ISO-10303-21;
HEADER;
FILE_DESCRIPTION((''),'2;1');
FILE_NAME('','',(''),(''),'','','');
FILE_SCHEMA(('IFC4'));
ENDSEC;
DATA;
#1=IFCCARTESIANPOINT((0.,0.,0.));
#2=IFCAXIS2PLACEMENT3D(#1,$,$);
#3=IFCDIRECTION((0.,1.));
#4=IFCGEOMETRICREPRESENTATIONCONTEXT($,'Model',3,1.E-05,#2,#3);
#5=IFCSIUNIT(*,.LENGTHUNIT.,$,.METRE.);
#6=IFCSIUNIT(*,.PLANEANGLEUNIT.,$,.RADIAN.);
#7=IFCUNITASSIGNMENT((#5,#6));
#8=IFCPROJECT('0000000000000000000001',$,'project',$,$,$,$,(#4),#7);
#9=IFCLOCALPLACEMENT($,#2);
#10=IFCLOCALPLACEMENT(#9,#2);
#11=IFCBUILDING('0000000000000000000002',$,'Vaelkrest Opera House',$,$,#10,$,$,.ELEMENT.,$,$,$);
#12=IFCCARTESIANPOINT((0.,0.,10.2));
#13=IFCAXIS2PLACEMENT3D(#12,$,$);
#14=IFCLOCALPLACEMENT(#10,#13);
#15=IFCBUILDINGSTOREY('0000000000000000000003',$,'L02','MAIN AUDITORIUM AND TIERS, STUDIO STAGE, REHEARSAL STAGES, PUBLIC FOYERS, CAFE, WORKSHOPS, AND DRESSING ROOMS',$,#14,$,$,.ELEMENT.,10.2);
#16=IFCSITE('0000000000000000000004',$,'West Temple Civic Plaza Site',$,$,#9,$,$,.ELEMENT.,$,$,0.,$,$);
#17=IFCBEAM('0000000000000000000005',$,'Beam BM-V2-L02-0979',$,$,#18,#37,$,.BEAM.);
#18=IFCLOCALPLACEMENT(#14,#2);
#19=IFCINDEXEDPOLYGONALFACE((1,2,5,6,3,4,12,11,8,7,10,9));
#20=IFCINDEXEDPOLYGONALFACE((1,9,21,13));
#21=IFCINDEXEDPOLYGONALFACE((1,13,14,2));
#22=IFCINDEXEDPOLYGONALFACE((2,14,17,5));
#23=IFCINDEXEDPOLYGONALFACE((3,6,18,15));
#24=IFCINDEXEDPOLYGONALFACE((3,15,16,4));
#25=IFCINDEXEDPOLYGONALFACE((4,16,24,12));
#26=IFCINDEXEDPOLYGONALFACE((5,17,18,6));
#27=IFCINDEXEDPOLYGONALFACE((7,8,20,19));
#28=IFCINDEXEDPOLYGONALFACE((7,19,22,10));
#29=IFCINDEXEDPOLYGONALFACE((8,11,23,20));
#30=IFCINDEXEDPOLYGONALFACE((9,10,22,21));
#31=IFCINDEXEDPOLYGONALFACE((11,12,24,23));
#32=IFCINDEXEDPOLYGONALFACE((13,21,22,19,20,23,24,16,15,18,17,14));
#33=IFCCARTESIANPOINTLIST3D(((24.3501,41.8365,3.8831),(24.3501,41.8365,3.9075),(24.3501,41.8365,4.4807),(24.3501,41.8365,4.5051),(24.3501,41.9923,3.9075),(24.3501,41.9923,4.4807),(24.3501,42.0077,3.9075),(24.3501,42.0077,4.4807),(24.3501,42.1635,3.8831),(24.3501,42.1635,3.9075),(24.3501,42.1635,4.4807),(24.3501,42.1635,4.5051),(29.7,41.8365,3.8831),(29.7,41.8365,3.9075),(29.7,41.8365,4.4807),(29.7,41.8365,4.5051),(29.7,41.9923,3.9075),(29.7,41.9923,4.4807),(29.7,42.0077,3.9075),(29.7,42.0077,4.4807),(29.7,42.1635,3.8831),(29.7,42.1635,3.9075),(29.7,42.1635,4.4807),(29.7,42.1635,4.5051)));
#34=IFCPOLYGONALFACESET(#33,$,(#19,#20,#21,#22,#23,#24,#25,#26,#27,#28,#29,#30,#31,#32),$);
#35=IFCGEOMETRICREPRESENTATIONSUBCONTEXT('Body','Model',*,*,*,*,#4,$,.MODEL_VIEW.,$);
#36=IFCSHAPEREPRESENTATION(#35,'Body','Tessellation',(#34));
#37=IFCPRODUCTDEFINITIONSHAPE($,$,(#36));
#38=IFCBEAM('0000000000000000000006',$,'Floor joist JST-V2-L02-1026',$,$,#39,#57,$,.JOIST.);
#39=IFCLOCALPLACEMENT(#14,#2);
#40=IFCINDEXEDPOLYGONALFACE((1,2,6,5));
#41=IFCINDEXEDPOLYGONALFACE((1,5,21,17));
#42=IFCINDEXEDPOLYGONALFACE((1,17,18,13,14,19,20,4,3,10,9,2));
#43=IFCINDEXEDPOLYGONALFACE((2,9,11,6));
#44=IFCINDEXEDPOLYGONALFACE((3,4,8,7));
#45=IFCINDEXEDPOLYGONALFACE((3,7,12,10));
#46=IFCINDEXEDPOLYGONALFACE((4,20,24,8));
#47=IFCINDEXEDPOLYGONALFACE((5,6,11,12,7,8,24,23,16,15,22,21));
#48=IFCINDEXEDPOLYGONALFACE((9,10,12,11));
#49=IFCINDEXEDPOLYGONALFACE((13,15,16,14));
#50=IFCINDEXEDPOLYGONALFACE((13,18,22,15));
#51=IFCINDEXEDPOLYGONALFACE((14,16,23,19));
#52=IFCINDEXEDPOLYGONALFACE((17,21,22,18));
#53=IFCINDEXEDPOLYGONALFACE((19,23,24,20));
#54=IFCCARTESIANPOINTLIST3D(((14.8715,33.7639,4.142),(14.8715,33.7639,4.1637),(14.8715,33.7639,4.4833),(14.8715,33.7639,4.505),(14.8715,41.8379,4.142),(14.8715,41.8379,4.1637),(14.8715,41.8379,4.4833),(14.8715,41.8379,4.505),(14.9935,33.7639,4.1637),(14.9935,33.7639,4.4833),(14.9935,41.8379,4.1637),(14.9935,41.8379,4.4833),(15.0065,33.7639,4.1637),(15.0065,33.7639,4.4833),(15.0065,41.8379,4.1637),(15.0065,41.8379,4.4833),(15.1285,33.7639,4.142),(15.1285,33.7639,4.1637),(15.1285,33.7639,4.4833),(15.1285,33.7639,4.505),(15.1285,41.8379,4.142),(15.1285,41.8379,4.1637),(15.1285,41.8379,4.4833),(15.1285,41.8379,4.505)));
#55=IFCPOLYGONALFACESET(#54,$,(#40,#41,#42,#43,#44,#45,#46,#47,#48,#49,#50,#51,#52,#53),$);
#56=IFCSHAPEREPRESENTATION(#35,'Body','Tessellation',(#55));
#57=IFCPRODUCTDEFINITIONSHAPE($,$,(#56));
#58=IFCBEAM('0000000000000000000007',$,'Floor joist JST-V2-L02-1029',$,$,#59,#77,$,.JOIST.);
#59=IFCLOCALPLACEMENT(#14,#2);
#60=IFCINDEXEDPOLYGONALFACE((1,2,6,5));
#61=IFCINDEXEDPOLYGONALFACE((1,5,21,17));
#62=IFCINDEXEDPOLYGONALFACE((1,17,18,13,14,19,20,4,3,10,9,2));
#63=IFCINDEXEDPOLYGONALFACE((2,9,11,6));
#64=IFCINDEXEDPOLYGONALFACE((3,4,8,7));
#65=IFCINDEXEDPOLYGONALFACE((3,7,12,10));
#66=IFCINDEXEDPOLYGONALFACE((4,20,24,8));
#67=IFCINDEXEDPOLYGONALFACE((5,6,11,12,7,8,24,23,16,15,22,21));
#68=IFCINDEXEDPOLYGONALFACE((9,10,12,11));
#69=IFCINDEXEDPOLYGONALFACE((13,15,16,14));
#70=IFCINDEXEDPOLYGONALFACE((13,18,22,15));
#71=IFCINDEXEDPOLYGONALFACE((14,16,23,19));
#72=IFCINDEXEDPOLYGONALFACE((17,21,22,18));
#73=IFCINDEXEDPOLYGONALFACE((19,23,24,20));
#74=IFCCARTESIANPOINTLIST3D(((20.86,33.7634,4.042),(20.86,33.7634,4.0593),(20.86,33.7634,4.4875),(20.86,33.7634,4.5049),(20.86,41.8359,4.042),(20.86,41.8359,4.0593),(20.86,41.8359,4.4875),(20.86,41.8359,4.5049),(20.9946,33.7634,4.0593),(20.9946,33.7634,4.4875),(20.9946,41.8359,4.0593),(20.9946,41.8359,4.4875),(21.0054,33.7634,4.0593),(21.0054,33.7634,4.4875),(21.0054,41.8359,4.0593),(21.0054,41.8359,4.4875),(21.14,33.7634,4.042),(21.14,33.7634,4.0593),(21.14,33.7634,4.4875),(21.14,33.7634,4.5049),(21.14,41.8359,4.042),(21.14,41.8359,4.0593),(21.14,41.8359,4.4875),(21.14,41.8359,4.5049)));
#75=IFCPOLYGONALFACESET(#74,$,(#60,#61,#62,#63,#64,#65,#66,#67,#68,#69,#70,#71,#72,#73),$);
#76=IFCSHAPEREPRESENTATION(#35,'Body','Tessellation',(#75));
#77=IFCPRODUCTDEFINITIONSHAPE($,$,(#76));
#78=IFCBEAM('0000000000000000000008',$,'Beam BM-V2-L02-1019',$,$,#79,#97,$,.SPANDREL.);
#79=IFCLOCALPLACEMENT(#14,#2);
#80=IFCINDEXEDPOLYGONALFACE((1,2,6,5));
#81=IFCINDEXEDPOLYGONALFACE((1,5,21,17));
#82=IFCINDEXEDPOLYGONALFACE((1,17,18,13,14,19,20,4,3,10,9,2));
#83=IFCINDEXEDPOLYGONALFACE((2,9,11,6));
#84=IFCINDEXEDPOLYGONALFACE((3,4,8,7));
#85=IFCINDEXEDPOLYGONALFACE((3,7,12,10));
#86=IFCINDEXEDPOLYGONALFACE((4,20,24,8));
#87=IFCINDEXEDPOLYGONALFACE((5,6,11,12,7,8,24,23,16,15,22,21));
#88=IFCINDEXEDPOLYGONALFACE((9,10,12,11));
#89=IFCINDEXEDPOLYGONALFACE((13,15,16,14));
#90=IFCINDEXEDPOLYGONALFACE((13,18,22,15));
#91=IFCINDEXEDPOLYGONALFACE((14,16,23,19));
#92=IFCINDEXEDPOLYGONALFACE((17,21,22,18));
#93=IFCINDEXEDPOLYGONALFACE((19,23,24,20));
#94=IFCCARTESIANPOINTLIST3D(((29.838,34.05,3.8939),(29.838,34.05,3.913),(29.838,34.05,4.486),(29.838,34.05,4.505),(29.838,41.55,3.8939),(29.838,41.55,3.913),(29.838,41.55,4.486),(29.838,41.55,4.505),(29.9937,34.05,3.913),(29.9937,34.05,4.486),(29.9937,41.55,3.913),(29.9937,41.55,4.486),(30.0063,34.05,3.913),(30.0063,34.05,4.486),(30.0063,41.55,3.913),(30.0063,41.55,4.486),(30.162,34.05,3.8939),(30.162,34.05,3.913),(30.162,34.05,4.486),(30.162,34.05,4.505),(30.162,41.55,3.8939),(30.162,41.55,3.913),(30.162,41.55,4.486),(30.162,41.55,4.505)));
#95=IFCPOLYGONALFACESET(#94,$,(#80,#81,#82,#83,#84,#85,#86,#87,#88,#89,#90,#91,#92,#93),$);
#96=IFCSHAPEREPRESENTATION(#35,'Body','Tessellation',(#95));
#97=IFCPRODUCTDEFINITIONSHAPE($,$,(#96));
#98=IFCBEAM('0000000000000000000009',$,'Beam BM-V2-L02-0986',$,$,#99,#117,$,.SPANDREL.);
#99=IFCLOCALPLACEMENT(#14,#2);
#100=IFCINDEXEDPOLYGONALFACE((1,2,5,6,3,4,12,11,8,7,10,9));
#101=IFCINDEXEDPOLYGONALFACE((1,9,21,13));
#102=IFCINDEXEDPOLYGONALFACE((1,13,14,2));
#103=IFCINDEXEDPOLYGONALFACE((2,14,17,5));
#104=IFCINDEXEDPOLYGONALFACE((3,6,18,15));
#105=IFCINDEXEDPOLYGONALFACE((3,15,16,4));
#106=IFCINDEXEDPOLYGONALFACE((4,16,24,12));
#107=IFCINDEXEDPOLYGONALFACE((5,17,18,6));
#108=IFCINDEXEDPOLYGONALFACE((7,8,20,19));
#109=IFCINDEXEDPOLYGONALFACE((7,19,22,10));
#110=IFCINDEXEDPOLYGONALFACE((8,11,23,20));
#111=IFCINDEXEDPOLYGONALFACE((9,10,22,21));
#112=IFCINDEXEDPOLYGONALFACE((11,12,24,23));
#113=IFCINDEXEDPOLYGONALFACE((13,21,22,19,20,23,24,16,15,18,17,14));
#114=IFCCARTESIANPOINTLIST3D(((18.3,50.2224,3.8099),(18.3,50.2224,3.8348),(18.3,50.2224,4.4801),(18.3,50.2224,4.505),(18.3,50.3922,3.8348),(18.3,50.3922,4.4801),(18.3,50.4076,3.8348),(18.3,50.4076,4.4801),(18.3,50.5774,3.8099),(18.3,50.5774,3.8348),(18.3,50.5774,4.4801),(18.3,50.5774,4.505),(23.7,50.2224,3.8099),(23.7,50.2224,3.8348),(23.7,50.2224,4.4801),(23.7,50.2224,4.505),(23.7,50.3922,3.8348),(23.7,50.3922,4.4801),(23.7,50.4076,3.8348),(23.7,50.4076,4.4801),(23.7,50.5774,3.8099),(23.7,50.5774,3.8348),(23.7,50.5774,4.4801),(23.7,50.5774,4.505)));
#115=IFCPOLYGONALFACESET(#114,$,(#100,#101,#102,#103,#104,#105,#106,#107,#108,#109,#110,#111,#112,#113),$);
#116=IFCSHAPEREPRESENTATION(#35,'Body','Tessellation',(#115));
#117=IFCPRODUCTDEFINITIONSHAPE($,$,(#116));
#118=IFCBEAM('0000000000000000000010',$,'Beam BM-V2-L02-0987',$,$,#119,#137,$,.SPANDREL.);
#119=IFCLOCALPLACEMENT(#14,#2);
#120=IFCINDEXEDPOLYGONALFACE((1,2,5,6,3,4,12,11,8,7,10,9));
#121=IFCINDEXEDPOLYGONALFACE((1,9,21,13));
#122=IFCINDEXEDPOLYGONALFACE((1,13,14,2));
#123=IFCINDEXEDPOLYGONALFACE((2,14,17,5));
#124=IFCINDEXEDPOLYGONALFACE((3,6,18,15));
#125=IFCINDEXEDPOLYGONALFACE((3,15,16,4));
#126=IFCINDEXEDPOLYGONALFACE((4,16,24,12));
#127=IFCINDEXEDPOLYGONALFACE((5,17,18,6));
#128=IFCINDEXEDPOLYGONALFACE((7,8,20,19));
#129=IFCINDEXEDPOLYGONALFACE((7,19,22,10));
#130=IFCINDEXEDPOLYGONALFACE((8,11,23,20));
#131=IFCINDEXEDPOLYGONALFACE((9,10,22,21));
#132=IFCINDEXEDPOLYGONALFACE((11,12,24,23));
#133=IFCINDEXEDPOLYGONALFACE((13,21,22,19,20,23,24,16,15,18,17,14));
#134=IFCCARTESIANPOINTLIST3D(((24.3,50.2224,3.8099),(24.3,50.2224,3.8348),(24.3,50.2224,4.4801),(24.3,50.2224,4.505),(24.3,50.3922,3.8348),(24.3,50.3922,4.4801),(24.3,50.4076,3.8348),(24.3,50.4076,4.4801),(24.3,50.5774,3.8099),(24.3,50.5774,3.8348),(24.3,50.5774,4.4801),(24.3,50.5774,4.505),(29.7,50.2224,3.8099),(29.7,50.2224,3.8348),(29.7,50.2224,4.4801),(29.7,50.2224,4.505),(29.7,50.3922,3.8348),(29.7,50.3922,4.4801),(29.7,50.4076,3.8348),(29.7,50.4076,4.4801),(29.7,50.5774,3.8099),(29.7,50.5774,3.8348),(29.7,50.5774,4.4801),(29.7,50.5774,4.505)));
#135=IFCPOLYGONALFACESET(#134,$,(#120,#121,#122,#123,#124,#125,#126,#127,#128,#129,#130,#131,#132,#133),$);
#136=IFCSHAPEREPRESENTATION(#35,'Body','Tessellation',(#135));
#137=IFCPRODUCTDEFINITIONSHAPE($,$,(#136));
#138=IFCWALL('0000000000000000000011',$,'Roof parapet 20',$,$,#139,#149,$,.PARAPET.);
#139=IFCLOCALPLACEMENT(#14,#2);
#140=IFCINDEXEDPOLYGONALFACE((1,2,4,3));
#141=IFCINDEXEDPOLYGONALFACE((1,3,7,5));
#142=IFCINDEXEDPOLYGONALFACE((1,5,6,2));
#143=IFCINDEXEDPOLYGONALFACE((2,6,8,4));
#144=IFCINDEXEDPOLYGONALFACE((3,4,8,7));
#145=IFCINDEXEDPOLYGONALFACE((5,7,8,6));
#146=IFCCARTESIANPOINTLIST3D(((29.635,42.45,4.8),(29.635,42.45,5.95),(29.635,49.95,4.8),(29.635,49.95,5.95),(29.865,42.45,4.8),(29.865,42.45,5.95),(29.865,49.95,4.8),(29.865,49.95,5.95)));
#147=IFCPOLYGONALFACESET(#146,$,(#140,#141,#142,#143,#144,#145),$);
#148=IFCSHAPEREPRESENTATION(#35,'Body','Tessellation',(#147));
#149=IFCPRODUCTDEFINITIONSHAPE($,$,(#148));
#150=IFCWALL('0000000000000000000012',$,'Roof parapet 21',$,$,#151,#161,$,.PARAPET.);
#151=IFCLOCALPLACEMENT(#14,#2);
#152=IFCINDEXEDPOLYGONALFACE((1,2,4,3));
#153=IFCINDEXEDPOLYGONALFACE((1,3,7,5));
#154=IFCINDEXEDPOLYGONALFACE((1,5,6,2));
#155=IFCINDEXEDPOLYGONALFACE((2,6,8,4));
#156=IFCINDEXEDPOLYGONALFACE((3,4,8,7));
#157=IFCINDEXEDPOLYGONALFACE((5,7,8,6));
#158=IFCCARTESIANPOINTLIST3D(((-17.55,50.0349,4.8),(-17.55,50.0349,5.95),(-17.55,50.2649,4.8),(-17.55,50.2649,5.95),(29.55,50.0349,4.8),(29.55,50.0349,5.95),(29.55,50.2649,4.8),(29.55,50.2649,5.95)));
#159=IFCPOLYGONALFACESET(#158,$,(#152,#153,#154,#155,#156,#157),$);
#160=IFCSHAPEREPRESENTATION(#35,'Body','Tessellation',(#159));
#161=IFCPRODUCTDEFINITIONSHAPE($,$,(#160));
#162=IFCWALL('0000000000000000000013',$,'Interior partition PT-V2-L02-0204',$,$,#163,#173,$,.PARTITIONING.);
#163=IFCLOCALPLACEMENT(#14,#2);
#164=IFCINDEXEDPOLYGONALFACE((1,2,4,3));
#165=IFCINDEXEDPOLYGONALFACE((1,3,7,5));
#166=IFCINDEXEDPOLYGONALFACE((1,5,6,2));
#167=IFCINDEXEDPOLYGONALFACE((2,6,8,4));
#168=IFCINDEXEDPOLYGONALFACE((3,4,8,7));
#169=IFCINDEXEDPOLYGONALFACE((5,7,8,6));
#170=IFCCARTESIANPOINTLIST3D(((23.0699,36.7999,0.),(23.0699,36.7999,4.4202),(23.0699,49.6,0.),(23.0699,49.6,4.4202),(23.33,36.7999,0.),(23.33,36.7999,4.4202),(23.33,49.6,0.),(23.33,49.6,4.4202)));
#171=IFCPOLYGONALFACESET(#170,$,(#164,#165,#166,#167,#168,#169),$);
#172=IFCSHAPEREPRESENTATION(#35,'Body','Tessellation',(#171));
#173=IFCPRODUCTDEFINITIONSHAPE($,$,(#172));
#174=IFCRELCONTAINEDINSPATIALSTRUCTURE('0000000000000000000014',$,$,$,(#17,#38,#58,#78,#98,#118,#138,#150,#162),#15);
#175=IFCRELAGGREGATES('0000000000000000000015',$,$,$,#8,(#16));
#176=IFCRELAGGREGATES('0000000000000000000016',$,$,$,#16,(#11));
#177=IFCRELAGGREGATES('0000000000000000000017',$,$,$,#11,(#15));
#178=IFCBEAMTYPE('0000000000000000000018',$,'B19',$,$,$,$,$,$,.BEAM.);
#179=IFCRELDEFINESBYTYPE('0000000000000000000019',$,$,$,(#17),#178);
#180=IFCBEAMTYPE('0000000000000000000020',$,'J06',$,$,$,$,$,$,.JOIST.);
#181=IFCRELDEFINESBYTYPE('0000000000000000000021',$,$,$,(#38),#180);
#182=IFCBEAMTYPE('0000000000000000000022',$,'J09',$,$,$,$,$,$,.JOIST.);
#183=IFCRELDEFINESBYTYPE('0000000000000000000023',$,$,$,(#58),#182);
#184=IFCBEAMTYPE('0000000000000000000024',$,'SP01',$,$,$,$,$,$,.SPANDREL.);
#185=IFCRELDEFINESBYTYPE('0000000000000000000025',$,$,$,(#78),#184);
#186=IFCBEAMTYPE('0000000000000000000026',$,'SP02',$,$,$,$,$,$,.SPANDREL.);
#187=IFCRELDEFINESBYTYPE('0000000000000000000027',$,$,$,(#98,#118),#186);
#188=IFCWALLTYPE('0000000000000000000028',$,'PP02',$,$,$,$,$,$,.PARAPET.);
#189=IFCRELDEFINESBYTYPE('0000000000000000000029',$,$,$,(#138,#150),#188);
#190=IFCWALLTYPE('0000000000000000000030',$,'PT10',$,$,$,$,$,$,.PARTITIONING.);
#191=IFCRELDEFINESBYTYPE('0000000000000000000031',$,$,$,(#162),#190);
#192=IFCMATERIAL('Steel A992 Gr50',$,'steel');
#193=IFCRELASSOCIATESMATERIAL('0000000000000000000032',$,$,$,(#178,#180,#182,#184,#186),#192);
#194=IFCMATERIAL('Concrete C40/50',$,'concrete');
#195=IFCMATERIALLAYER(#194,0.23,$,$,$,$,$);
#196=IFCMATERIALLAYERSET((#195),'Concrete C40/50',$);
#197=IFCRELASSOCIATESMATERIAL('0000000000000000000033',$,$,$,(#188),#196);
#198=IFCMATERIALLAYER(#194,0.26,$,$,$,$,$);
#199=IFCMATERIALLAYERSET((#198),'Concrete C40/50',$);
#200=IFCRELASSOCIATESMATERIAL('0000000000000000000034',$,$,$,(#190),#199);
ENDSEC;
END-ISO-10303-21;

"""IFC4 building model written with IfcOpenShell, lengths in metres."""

from ifc_helpers import new_model, si_unit, direction, frame, frame_2d, origin, origin_2d, place, context, subcontext, project, spatial, rectangle, i_section, extrude, material, layer, layer_set, material_profile, profile_set, type_object, element, save


model = new_model("IFC4")

# Units and contexts
model_context = context("Model", 3, precision=1e-05, world=origin(), true_north=direction((0.0, 1.0)))
body_context = subcontext(model_context, "Body", "Model", "MODEL_VIEW")
ifc_project = project(units=[si_unit("LENGTHUNIT", "METRE"), si_unit("PLANEANGLEUNIT", "RADIAN")], contexts=[model_context])

# Site, building, storey
site_placement = place(None, origin())
site = spatial("IfcSite", under=ifc_project, at=site_placement, Name="West Temple Civic Plaza Site", CompositionType="ELEMENT", RefElevation=0.0)
building_placement = place(site_placement, origin())
building = spatial("IfcBuilding", under=site, at=building_placement, Name="Vaelkrest Opera House", CompositionType="ELEMENT")
storey_placement = place(building_placement, frame((0.0, 0.0, 10.2)))
storey = spatial("IfcBuildingStorey", under=building, at=storey_placement, Name="L02", Description="MAIN AUDITORIUM AND TIERS, STUDIO STAGE, REHEARSAL STAGES, PUBLIC FOYERS, CAFE, WORKSHOPS, AND DRESSING ROOMS", CompositionType="ELEMENT", Elevation=10.2)

# Beams
ifc_material_1 = material(Name="Steel A992 Gr50", Category="steel")
ifc_material_profile_1 = material_profile(ifc_material_1, i_section(OverallWidth=0.3269, OverallDepth=0.6221, WebThickness=0.0154, FlangeThickness=0.0244, at=origin_2d()), Name="W24X131")
ifc_profile_set_1 = profile_set([ifc_material_profile_1], Name="Steel A992 Gr50")
beam_type_1 = type_object("IfcBeamType", Name="B19", PredefinedType="BEAM", material=ifc_profile_set_1)
beam_1_placement = place(storey_placement, frame((24.3501, 42.0, 4.1941), z_axis=(1.0, 0.0, 0.0), x_axis=(0.0, 1.0, 0.0)))
element("IfcBeam", 1, at=beam_1_placement, inside=storey, type_object=beam_type_1, Name="Beam BM-V2-L02-0979", PredefinedType="BEAM", context=body_context, shape_type="SweptSolid", body=[
    extrude(i_section(OverallWidth=0.3269, OverallDepth=0.6221, WebThickness=0.0154, FlangeThickness=0.0244, at=origin_2d()), origin(), (0.0, 0.0, 1.0), 5.3499),
])
ifc_material_profile_2 = material_profile(ifc_material_1, i_section(OverallWidth=0.2571, OverallDepth=0.363, WebThickness=0.0129, FlangeThickness=0.0217, at=origin_2d()), Name="W14X82")
ifc_profile_set_2 = profile_set([ifc_material_profile_2], Name="Steel A992 Gr50")
beam_type_2 = type_object("IfcBeamType", Name="J06", PredefinedType="JOIST", material=ifc_profile_set_2)
beam_2_placement = place(storey_placement, frame((15.0, 33.7639, 4.3235), z_axis=(0.0, 1.0, 0.0), x_axis=(-1.0, 0.0, 0.0)))
element("IfcBeam", 2, at=beam_2_placement, inside=storey, type_object=beam_type_2, Name="Floor joist JST-V2-L02-1026", PredefinedType="JOIST", context=body_context, shape_type="SweptSolid", body=[
    extrude(i_section(OverallWidth=0.2571, OverallDepth=0.363, WebThickness=0.0129, FlangeThickness=0.0217, at=origin_2d()), origin(), (0.0, 0.0, 1.0), 8.074),
])
ifc_material_profile_3 = material_profile(ifc_material_1, i_section(OverallWidth=0.28, OverallDepth=0.4629, WebThickness=0.0107, FlangeThickness=0.0173, at=origin_2d()), Name="W18X76")
ifc_profile_set_3 = profile_set([ifc_material_profile_3], Name="Steel A992 Gr50")
beam_type_3 = type_object("IfcBeamType", Name="J09", PredefinedType="JOIST", material=ifc_profile_set_3)
beam_3_placement = place(storey_placement, frame((21.0, 33.7634, 4.2734), z_axis=(0.0, 1.0, 0.0), x_axis=(-1.0, 0.0, 0.0)))
element("IfcBeam", 3, at=beam_3_placement, inside=storey, type_object=beam_type_3, Name="Floor joist JST-V2-L02-1029", PredefinedType="JOIST", context=body_context, shape_type="SweptSolid", body=[
    extrude(i_section(OverallWidth=0.28, OverallDepth=0.4629, WebThickness=0.0107, FlangeThickness=0.0173, at=origin_2d()), origin(), (0.0, 0.0, 1.0), 8.0725),
])
ifc_material_profile_4 = material_profile(ifc_material_1, i_section(OverallWidth=0.324, OverallDepth=0.6111, WebThickness=0.0127, FlangeThickness=0.019, at=origin_2d()), Name="W24X104")
ifc_profile_set_4 = profile_set([ifc_material_profile_4], Name="Steel A992 Gr50")
beam_type_4 = type_object("IfcBeamType", Name="SP01", PredefinedType="SPANDREL", material=ifc_profile_set_4)
beam_4_placement = place(storey_placement, frame((30.0, 34.05, 4.1995), z_axis=(0.0, 1.0, 0.0), x_axis=(-1.0, 0.0, 0.0)))
element("IfcBeam", 4, at=beam_4_placement, inside=storey, type_object=beam_type_4, Name="Beam BM-V2-L02-1019", PredefinedType="SPANDREL", context=body_context, shape_type="SweptSolid", body=[
    extrude(i_section(OverallWidth=0.324, OverallDepth=0.6111, WebThickness=0.0127, FlangeThickness=0.019, at=origin_2d()), origin(), (0.0, 0.0, 1.0), 7.5),
])
ifc_material_profile_5 = material_profile(ifc_material_1, i_section(OverallWidth=0.355, OverallDepth=0.6951, WebThickness=0.0154, FlangeThickness=0.0249, at=origin_2d()), Name="W27X146")
ifc_profile_set_5 = profile_set([ifc_material_profile_5], Name="Steel A992 Gr50")
beam_type_5 = type_object("IfcBeamType", Name="SP02", PredefinedType="SPANDREL", material=ifc_profile_set_5)
for number, where, z_axis, x_axis, name in (
    (5, (18.3, 50.3999, 4.1575), (1.0, 0.0, 0.0), (0.0, 1.0, 0.0), "Beam BM-V2-L02-0986"),
    (6, (24.3, 50.3999, 4.1575), (1.0, 0.0, 0.0), (0.0, 1.0, 0.0), "Beam BM-V2-L02-0987"),
):
    element("IfcBeam", number, at=place(storey_placement, frame(where, z_axis=z_axis, x_axis=x_axis)), inside=storey, type_object=beam_type_5, Name=name, PredefinedType="SPANDREL", context=body_context, shape_type="SweptSolid", body=[
        extrude(i_section(OverallWidth=0.355, OverallDepth=0.6951, WebThickness=0.0154, FlangeThickness=0.0249, at=origin_2d()), origin(), (0.0, 0.0, 1.0), 5.3999),
    ])

# Walls
ifc_material_2 = material(Name="Concrete C40/50", Category="concrete")
ifc_layer_1 = layer(ifc_material_2, 0.23)
ifc_layer_set_1 = layer_set([ifc_layer_1], Name="Concrete C40/50")
wall_type_1 = type_object("IfcWallType", Name="PP02", PredefinedType="PARAPET", material=ifc_layer_set_1)
wall_1_placement = place(storey_placement, frame((29.75, 42.45, 4.8), z_axis=(0.0, 0.0, 1.0), x_axis=(0.0, 1.0, 0.0)))
element("IfcWall", 7, at=wall_1_placement, inside=storey, type_object=wall_type_1, Name="Roof parapet 20", PredefinedType="PARAPET", context=body_context, shape_type="SweptSolid", body=[
    extrude(rectangle(XDim=7.5, YDim=0.23, at=frame_2d((3.75, 0.0))), origin(), (0.0, 0.0, 1.0), 1.1499),
])
wall_2_placement = place(storey_placement, frame((29.55, 50.1499, 4.8), z_axis=(0.0, 0.0, 1.0), x_axis=(-1.0, 0.0, 0.0)))
element("IfcWall", 8, at=wall_2_placement, inside=storey, type_object=wall_type_1, Name="Roof parapet 21", PredefinedType="PARAPET", context=body_context, shape_type="SweptSolid", body=[
    extrude(rectangle(XDim=47.1001, YDim=0.23, at=frame_2d((23.55, 0.0))), origin(), (0.0, 0.0, 1.0), 1.1499),
])
ifc_layer_2 = layer(ifc_material_2, 0.26)
ifc_layer_set_2 = layer_set([ifc_layer_2], Name="Concrete C40/50")
wall_type_2 = type_object("IfcWallType", Name="PT10", PredefinedType="PARTITIONING", material=ifc_layer_set_2)
wall_3_placement = place(storey_placement, frame((23.2, 36.8, 0.0), z_axis=(0.0, 0.0, 1.0), x_axis=(0.0, 1.0, 0.0)))
element("IfcWall", 9, at=wall_3_placement, inside=storey, type_object=wall_type_2, Name="Interior partition PT-V2-L02-0204", PredefinedType="PARTITIONING", context=body_context, shape_type="SweptSolid", body=[
    extrude(rectangle(XDim=12.8, YDim=0.26, at=frame_2d((6.3999, 0.0))), origin(), (0.0, 0.0, 1.0), 4.4202),
])

save(model, "model.ifc")
